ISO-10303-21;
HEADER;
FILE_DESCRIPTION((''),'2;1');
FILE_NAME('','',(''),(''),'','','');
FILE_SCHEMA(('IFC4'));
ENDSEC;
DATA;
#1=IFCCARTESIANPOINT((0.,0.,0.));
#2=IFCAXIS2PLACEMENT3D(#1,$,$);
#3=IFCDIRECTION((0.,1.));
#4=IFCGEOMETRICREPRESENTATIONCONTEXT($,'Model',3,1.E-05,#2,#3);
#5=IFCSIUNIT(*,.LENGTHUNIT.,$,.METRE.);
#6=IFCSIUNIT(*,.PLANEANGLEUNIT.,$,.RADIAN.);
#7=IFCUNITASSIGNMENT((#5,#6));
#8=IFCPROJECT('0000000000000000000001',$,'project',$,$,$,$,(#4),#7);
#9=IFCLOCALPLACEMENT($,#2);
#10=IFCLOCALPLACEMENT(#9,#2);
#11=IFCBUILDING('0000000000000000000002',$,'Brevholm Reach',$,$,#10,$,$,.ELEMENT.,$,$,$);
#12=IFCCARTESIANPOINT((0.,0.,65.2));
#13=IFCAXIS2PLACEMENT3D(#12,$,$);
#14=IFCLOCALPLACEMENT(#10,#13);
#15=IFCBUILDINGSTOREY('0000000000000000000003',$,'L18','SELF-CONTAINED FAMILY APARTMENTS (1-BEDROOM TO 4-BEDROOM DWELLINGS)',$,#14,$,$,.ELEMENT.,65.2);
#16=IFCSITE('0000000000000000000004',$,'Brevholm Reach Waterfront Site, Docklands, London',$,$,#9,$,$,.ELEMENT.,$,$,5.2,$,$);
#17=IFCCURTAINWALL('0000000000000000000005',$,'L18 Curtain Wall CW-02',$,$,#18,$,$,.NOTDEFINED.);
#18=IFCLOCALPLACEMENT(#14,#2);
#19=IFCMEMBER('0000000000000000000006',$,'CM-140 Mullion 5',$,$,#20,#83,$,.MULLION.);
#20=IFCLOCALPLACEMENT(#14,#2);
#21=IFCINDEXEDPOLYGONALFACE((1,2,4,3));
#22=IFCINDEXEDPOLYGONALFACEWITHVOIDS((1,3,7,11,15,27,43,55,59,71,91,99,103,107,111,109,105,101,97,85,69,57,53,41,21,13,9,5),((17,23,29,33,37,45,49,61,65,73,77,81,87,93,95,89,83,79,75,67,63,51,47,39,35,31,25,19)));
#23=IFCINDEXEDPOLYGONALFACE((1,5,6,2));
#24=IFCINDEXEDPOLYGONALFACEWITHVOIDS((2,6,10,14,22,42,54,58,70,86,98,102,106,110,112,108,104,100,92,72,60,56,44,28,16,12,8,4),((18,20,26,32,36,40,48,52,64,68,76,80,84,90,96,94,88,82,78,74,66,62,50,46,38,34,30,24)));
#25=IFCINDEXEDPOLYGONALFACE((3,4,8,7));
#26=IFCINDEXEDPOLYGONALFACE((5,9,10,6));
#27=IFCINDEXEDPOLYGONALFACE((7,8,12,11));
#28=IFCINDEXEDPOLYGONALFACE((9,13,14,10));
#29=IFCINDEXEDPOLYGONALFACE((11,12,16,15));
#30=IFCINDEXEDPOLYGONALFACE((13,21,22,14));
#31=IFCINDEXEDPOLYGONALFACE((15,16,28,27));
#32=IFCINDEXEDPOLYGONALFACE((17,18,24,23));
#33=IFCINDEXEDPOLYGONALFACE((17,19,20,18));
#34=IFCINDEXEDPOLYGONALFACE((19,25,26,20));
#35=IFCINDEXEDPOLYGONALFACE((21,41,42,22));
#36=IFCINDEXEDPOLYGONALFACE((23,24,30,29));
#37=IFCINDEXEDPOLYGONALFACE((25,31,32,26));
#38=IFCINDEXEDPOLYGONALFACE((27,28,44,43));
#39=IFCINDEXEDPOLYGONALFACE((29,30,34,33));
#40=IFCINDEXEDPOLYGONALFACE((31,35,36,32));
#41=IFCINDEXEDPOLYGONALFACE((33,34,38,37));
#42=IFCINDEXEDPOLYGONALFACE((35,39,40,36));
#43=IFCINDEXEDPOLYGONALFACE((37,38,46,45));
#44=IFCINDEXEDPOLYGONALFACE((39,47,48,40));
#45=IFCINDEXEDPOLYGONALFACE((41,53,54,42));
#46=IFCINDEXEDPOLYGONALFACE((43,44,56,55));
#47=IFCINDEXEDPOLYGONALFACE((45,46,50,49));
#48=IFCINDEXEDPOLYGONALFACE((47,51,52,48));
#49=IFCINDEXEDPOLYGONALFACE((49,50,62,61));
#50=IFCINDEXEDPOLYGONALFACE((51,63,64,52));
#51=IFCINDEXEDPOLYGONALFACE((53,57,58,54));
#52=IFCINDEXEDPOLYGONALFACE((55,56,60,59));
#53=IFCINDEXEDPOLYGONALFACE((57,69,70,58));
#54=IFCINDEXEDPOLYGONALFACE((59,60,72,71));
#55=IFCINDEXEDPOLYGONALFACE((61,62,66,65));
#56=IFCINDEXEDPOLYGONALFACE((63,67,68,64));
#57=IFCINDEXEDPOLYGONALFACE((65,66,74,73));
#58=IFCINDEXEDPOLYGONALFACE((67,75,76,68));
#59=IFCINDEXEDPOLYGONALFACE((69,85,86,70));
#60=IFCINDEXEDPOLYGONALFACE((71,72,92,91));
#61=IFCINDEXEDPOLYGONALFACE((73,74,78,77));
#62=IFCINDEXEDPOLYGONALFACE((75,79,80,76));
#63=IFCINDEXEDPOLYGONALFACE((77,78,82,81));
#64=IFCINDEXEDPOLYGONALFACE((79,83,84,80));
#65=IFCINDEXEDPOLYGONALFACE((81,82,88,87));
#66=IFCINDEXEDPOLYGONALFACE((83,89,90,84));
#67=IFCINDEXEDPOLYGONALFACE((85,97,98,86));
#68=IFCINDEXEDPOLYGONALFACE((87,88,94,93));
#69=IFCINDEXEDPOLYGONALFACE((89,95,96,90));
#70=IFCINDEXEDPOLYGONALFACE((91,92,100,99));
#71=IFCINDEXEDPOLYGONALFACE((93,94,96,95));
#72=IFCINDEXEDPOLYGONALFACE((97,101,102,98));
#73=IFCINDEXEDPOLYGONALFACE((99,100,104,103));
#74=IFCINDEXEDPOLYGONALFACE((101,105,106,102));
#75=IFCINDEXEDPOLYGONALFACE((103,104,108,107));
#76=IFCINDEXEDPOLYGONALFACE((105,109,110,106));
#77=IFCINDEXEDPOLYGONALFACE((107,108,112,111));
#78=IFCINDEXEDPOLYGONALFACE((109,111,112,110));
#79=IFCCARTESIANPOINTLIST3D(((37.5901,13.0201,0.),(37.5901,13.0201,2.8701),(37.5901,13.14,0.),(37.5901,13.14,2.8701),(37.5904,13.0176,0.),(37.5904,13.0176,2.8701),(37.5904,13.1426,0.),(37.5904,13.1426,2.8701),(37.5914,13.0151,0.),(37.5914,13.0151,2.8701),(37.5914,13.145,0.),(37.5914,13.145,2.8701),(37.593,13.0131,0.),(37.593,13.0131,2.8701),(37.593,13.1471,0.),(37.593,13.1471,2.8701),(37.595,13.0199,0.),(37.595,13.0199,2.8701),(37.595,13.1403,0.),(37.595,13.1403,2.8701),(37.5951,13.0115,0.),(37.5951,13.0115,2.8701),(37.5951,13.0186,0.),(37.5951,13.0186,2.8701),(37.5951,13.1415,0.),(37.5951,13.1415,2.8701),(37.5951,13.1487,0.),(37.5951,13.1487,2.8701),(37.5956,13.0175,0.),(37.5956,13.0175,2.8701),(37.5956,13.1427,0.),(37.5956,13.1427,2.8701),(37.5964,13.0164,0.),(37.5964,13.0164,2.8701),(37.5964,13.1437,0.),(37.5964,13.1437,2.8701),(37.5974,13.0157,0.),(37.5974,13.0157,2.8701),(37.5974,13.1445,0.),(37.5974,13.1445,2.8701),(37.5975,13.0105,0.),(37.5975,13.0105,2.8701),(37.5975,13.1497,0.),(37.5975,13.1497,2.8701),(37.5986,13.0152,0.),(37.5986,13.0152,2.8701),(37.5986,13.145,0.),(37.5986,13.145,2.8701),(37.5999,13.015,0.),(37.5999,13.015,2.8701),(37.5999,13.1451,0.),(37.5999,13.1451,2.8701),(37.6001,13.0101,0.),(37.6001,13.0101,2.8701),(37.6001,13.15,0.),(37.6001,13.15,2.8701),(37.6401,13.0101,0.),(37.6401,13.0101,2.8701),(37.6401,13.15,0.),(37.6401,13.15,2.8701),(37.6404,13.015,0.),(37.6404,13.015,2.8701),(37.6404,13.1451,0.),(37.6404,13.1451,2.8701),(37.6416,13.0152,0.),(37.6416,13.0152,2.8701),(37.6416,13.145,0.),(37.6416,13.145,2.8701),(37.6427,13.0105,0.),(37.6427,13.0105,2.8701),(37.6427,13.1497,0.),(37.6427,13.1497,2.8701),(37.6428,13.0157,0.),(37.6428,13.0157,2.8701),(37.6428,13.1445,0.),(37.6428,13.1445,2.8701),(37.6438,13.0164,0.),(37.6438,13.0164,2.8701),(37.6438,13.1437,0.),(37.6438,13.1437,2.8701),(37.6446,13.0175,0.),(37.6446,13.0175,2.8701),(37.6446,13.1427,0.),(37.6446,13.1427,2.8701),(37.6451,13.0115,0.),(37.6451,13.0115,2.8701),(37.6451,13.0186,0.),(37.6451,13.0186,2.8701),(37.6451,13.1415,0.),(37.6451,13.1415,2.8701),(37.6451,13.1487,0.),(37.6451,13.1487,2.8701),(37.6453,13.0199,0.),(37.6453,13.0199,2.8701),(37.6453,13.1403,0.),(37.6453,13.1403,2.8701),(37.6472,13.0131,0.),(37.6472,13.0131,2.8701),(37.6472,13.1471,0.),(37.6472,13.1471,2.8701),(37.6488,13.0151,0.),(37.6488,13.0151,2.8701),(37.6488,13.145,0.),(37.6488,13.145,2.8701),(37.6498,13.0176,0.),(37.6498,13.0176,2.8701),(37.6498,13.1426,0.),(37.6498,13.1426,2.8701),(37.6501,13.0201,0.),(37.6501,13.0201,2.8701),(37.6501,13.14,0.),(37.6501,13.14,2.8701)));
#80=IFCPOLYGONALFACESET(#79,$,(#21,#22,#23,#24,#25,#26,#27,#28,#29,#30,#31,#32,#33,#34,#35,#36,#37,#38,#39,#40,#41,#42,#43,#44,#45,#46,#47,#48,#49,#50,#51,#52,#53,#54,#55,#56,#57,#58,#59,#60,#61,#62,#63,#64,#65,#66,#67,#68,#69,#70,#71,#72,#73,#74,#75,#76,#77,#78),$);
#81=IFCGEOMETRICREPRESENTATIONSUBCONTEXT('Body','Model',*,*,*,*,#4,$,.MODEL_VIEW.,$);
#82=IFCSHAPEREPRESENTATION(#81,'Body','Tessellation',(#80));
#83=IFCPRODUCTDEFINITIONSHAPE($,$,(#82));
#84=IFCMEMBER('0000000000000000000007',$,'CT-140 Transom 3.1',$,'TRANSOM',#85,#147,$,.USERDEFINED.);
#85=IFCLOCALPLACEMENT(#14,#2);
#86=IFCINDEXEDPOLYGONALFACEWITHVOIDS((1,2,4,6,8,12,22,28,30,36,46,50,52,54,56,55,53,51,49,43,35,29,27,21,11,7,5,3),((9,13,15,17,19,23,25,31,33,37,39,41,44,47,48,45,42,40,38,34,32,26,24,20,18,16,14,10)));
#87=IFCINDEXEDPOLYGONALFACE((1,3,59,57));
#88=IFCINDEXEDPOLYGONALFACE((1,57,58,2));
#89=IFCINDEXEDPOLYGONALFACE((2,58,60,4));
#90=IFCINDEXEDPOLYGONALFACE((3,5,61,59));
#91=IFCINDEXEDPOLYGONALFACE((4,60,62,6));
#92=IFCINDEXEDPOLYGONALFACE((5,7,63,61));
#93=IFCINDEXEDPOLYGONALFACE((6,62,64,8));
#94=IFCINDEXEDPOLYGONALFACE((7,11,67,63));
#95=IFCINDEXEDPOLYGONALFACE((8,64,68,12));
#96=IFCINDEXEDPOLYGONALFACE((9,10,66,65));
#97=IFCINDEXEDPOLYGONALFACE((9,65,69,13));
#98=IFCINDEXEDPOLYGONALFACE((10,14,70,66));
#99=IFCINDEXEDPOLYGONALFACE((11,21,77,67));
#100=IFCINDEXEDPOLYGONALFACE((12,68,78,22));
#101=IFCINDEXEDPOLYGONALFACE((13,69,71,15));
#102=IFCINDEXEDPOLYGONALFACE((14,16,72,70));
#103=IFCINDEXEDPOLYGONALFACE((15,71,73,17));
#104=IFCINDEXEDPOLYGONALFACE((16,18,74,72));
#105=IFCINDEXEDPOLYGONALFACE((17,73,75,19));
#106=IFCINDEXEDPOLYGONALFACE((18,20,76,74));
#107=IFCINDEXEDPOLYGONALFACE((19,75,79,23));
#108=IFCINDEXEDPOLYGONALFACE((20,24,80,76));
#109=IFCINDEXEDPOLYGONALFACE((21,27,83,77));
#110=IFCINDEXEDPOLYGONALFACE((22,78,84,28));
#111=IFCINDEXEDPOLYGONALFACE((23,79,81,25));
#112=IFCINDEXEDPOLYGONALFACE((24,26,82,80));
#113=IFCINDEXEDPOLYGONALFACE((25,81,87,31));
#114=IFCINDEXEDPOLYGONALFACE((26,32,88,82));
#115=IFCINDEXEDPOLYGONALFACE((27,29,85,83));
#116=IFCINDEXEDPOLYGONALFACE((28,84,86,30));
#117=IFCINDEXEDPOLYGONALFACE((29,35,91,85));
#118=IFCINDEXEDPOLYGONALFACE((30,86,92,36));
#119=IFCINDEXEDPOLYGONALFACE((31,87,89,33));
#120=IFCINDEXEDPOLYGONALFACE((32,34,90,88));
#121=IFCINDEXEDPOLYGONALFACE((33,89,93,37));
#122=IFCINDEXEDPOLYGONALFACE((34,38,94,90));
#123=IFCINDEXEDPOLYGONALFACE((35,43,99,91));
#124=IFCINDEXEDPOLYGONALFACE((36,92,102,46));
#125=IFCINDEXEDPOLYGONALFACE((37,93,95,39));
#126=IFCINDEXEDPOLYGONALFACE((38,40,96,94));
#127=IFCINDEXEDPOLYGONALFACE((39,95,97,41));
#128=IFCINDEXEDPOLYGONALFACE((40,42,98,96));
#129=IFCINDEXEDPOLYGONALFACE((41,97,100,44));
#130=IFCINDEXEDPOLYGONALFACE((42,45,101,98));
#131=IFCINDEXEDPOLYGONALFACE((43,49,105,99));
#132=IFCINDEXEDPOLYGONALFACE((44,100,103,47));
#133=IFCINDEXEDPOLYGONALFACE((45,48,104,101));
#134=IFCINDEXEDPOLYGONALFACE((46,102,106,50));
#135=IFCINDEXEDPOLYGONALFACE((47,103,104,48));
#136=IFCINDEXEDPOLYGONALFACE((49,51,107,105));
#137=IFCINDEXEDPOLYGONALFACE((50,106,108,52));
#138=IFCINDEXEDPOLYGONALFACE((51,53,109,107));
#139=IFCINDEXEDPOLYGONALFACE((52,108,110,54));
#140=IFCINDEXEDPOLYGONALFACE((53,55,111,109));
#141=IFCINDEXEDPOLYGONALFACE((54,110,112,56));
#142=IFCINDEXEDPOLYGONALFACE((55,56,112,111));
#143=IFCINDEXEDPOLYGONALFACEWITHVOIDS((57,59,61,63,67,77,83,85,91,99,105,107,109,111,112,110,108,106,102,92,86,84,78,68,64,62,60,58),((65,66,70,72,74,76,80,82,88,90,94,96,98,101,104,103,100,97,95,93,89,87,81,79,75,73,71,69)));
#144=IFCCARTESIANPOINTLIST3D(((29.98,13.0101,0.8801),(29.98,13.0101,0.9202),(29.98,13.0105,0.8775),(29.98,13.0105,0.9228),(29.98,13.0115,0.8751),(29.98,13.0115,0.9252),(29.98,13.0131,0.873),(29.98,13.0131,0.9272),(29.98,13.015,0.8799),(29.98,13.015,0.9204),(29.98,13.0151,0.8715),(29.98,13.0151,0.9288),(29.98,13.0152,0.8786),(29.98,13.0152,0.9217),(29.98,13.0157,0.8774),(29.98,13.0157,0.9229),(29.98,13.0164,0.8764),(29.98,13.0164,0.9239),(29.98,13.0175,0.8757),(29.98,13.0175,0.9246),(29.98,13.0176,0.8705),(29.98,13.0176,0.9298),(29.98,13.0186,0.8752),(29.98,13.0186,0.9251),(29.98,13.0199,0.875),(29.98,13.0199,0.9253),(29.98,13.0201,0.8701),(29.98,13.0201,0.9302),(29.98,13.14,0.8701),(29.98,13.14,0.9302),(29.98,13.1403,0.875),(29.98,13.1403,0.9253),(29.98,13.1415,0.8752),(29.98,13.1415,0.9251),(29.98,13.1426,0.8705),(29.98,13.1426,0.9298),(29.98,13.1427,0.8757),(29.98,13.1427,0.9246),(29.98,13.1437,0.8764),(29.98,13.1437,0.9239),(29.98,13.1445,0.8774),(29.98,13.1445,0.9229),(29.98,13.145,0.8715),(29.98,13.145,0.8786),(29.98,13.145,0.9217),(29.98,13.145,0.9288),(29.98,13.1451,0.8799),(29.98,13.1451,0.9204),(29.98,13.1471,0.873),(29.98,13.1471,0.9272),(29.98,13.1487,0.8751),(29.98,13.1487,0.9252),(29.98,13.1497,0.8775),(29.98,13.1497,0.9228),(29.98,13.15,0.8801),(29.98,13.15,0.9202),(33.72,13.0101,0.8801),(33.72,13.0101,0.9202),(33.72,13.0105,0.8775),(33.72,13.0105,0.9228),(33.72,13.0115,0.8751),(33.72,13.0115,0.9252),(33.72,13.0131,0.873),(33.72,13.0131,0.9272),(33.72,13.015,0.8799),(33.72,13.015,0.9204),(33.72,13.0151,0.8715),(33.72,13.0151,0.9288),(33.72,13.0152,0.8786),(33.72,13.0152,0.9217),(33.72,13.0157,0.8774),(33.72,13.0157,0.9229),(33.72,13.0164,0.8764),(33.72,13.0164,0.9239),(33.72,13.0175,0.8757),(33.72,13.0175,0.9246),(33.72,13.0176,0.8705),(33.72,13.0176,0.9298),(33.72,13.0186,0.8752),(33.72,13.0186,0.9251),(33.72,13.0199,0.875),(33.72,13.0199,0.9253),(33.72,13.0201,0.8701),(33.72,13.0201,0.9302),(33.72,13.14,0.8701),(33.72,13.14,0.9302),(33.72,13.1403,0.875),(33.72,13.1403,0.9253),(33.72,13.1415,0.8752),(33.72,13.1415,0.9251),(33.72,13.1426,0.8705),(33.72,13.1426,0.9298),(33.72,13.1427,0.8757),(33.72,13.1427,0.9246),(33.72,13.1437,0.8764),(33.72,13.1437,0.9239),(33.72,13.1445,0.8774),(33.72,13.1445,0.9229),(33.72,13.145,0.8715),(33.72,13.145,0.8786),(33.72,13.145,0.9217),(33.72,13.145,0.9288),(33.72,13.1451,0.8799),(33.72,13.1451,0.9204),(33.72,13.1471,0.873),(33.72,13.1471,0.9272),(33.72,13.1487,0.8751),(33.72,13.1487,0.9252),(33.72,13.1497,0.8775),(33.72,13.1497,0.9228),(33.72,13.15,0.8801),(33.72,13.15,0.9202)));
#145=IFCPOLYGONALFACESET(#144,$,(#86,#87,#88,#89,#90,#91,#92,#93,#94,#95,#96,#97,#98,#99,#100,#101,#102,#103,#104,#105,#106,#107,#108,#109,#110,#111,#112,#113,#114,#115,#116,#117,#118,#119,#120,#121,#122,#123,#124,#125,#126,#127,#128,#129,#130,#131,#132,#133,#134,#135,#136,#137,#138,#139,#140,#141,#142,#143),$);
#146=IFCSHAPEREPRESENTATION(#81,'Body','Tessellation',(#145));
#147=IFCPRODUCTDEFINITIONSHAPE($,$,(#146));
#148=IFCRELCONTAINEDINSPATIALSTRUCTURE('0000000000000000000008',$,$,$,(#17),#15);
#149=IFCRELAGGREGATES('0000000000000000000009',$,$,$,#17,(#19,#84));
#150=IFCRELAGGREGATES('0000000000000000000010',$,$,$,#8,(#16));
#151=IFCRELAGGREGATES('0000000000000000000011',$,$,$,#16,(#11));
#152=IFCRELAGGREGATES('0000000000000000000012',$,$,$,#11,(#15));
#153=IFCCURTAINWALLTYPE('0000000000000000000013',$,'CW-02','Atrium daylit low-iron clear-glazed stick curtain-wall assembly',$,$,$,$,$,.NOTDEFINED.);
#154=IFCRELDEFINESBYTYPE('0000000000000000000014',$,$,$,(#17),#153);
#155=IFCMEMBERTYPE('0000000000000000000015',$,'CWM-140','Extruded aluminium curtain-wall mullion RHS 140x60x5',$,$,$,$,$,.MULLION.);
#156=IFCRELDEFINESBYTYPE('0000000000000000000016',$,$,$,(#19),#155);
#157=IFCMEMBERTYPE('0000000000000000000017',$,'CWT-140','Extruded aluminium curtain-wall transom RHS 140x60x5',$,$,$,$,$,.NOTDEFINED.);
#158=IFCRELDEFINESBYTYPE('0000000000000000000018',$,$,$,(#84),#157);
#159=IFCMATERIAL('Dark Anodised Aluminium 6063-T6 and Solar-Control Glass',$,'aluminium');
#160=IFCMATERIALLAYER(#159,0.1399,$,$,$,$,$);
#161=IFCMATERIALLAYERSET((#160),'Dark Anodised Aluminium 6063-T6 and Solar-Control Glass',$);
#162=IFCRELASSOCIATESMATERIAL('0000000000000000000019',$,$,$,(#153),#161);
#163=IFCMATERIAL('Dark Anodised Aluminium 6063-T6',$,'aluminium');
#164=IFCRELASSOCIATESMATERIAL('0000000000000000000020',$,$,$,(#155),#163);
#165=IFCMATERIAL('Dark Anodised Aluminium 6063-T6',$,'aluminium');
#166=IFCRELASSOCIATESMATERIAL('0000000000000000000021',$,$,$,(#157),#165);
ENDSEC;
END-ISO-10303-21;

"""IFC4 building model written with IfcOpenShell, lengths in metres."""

from ifc_helpers import new_model, si_unit, direction, frame, origin, origin_2d, place, context, subcontext, project, spatial, hollow_rectangle, extrude, material, layer, layer_set, material_profile, profile_set, type_object, element, aggregate, save


model = new_model("IFC4")

# Units and contexts
model_context = context("Model", 3, precision=1e-05, world=origin(), true_north=direction((0.0, 1.0)))
body_context = subcontext(model_context, "Body", "Model", "MODEL_VIEW")
ifc_project = project(units=[si_unit("LENGTHUNIT", "METRE"), si_unit("PLANEANGLEUNIT", "RADIAN")], contexts=[model_context])

# Site, building, storey
site_placement = place(None, origin())
site = spatial("IfcSite", under=ifc_project, at=site_placement, Name="Brevholm Reach Waterfront Site, Docklands, London", CompositionType="ELEMENT", RefElevation=5.2)
building_placement = place(site_placement, origin())
building = spatial("IfcBuilding", under=site, at=building_placement, Name="Brevholm Reach", CompositionType="ELEMENT")
storey_placement = place(building_placement, frame((0.0, 0.0, 65.2)))
storey = spatial("IfcBuildingStorey", under=building, at=storey_placement, Name="L18", Description="SELF-CONTAINED FAMILY APARTMENTS (1-BEDROOM TO 4-BEDROOM DWELLINGS)", CompositionType="ELEMENT", Elevation=65.2)

# Curtain wall, members
ifc_material_1 = material(Name="Dark Anodised Aluminium 6063-T6 and Solar-Control Glass", Category="aluminium")
ifc_layer_1 = layer(ifc_material_1, 0.1399)
ifc_layer_set_1 = layer_set([ifc_layer_1], Name="Dark Anodised Aluminium 6063-T6 and Solar-Control Glass")
curtain_wall_type = type_object("IfcCurtainWallType", Name="CW-02", Description="Atrium daylit low-iron clear-glazed stick curtain-wall assembly", PredefinedType="NOTDEFINED", material=ifc_layer_set_1)
curtain_wall_placement = place(storey_placement, origin())
curtain_wall = element("IfcCurtainWall", 1, at=curtain_wall_placement, inside=storey, type_object=curtain_wall_type, Name="L18 Curtain Wall CW-02", PredefinedType="NOTDEFINED")
ifc_material_2 = material(Name="Dark Anodised Aluminium 6063-T6", Category="aluminium")
ifc_material_profile_1 = material_profile(ifc_material_2, hollow_rectangle(XDim=0.0601, YDim=0.1399, WallThickness=0.0049, InnerFilletRadius=0.0049, OuterFilletRadius=0.01, at=origin_2d()), Name="RHS 140x60x5")
ifc_profile_set_1 = profile_set([ifc_material_profile_1], Name="Dark Anodised Aluminium 6063-T6")
member_type_1 = type_object("IfcMemberType", Name="CWM-140", Description="Extruded aluminium curtain-wall mullion RHS 140x60x5", PredefinedType="MULLION", material=ifc_profile_set_1)
member_1_placement = place(storey_placement, frame((37.6201, 13.0801, 0.0), z_axis=(0.0, 0.0, 1.0), x_axis=(1.0, 0.0, 0.0)))
member_1 = element("IfcMember", 2, at=member_1_placement, type_object=member_type_1, Name="CM-140 Mullion 5", PredefinedType="MULLION", context=body_context, shape_type="SweptSolid", body=[
    extrude(hollow_rectangle(XDim=0.0601, YDim=0.1399, WallThickness=0.0049, InnerFilletRadius=0.0049, OuterFilletRadius=0.01, at=origin_2d()), origin(), (0.0, 0.0, 1.0), 2.8701),
])
ifc_material_3 = material(Name="Dark Anodised Aluminium 6063-T6", Category="aluminium")
ifc_material_profile_2 = material_profile(ifc_material_3, hollow_rectangle(XDim=0.0601, YDim=0.1399, WallThickness=0.0049, InnerFilletRadius=0.0049, OuterFilletRadius=0.01, at=origin_2d()), Name="RHS 140x60x5")
ifc_profile_set_2 = profile_set([ifc_material_profile_2], Name="Dark Anodised Aluminium 6063-T6")
member_type_2 = type_object("IfcMemberType", Name="CWT-140", Description="Extruded aluminium curtain-wall transom RHS 140x60x5", PredefinedType="NOTDEFINED", material=ifc_profile_set_2)
member_2_placement = place(storey_placement, frame((29.98, 13.0801, 0.9001), z_axis=(1.0, 0.0, 0.0), x_axis=(0.0, 0.0, 1.0)))
member_2 = element("IfcMember", 3, at=member_2_placement, type_object=member_type_2, Name="CT-140 Transom 3.1", ObjectType="TRANSOM", PredefinedType="USERDEFINED", context=body_context, shape_type="SweptSolid", body=[
    extrude(hollow_rectangle(XDim=0.0601, YDim=0.1399, WallThickness=0.0049, InnerFilletRadius=0.0049, OuterFilletRadius=0.01, at=origin_2d()), origin(), (0.0, 0.0, 1.0), 3.74),
])
aggregate(curtain_wall, [member_1, member_2])

save(model, "model.ifc")
